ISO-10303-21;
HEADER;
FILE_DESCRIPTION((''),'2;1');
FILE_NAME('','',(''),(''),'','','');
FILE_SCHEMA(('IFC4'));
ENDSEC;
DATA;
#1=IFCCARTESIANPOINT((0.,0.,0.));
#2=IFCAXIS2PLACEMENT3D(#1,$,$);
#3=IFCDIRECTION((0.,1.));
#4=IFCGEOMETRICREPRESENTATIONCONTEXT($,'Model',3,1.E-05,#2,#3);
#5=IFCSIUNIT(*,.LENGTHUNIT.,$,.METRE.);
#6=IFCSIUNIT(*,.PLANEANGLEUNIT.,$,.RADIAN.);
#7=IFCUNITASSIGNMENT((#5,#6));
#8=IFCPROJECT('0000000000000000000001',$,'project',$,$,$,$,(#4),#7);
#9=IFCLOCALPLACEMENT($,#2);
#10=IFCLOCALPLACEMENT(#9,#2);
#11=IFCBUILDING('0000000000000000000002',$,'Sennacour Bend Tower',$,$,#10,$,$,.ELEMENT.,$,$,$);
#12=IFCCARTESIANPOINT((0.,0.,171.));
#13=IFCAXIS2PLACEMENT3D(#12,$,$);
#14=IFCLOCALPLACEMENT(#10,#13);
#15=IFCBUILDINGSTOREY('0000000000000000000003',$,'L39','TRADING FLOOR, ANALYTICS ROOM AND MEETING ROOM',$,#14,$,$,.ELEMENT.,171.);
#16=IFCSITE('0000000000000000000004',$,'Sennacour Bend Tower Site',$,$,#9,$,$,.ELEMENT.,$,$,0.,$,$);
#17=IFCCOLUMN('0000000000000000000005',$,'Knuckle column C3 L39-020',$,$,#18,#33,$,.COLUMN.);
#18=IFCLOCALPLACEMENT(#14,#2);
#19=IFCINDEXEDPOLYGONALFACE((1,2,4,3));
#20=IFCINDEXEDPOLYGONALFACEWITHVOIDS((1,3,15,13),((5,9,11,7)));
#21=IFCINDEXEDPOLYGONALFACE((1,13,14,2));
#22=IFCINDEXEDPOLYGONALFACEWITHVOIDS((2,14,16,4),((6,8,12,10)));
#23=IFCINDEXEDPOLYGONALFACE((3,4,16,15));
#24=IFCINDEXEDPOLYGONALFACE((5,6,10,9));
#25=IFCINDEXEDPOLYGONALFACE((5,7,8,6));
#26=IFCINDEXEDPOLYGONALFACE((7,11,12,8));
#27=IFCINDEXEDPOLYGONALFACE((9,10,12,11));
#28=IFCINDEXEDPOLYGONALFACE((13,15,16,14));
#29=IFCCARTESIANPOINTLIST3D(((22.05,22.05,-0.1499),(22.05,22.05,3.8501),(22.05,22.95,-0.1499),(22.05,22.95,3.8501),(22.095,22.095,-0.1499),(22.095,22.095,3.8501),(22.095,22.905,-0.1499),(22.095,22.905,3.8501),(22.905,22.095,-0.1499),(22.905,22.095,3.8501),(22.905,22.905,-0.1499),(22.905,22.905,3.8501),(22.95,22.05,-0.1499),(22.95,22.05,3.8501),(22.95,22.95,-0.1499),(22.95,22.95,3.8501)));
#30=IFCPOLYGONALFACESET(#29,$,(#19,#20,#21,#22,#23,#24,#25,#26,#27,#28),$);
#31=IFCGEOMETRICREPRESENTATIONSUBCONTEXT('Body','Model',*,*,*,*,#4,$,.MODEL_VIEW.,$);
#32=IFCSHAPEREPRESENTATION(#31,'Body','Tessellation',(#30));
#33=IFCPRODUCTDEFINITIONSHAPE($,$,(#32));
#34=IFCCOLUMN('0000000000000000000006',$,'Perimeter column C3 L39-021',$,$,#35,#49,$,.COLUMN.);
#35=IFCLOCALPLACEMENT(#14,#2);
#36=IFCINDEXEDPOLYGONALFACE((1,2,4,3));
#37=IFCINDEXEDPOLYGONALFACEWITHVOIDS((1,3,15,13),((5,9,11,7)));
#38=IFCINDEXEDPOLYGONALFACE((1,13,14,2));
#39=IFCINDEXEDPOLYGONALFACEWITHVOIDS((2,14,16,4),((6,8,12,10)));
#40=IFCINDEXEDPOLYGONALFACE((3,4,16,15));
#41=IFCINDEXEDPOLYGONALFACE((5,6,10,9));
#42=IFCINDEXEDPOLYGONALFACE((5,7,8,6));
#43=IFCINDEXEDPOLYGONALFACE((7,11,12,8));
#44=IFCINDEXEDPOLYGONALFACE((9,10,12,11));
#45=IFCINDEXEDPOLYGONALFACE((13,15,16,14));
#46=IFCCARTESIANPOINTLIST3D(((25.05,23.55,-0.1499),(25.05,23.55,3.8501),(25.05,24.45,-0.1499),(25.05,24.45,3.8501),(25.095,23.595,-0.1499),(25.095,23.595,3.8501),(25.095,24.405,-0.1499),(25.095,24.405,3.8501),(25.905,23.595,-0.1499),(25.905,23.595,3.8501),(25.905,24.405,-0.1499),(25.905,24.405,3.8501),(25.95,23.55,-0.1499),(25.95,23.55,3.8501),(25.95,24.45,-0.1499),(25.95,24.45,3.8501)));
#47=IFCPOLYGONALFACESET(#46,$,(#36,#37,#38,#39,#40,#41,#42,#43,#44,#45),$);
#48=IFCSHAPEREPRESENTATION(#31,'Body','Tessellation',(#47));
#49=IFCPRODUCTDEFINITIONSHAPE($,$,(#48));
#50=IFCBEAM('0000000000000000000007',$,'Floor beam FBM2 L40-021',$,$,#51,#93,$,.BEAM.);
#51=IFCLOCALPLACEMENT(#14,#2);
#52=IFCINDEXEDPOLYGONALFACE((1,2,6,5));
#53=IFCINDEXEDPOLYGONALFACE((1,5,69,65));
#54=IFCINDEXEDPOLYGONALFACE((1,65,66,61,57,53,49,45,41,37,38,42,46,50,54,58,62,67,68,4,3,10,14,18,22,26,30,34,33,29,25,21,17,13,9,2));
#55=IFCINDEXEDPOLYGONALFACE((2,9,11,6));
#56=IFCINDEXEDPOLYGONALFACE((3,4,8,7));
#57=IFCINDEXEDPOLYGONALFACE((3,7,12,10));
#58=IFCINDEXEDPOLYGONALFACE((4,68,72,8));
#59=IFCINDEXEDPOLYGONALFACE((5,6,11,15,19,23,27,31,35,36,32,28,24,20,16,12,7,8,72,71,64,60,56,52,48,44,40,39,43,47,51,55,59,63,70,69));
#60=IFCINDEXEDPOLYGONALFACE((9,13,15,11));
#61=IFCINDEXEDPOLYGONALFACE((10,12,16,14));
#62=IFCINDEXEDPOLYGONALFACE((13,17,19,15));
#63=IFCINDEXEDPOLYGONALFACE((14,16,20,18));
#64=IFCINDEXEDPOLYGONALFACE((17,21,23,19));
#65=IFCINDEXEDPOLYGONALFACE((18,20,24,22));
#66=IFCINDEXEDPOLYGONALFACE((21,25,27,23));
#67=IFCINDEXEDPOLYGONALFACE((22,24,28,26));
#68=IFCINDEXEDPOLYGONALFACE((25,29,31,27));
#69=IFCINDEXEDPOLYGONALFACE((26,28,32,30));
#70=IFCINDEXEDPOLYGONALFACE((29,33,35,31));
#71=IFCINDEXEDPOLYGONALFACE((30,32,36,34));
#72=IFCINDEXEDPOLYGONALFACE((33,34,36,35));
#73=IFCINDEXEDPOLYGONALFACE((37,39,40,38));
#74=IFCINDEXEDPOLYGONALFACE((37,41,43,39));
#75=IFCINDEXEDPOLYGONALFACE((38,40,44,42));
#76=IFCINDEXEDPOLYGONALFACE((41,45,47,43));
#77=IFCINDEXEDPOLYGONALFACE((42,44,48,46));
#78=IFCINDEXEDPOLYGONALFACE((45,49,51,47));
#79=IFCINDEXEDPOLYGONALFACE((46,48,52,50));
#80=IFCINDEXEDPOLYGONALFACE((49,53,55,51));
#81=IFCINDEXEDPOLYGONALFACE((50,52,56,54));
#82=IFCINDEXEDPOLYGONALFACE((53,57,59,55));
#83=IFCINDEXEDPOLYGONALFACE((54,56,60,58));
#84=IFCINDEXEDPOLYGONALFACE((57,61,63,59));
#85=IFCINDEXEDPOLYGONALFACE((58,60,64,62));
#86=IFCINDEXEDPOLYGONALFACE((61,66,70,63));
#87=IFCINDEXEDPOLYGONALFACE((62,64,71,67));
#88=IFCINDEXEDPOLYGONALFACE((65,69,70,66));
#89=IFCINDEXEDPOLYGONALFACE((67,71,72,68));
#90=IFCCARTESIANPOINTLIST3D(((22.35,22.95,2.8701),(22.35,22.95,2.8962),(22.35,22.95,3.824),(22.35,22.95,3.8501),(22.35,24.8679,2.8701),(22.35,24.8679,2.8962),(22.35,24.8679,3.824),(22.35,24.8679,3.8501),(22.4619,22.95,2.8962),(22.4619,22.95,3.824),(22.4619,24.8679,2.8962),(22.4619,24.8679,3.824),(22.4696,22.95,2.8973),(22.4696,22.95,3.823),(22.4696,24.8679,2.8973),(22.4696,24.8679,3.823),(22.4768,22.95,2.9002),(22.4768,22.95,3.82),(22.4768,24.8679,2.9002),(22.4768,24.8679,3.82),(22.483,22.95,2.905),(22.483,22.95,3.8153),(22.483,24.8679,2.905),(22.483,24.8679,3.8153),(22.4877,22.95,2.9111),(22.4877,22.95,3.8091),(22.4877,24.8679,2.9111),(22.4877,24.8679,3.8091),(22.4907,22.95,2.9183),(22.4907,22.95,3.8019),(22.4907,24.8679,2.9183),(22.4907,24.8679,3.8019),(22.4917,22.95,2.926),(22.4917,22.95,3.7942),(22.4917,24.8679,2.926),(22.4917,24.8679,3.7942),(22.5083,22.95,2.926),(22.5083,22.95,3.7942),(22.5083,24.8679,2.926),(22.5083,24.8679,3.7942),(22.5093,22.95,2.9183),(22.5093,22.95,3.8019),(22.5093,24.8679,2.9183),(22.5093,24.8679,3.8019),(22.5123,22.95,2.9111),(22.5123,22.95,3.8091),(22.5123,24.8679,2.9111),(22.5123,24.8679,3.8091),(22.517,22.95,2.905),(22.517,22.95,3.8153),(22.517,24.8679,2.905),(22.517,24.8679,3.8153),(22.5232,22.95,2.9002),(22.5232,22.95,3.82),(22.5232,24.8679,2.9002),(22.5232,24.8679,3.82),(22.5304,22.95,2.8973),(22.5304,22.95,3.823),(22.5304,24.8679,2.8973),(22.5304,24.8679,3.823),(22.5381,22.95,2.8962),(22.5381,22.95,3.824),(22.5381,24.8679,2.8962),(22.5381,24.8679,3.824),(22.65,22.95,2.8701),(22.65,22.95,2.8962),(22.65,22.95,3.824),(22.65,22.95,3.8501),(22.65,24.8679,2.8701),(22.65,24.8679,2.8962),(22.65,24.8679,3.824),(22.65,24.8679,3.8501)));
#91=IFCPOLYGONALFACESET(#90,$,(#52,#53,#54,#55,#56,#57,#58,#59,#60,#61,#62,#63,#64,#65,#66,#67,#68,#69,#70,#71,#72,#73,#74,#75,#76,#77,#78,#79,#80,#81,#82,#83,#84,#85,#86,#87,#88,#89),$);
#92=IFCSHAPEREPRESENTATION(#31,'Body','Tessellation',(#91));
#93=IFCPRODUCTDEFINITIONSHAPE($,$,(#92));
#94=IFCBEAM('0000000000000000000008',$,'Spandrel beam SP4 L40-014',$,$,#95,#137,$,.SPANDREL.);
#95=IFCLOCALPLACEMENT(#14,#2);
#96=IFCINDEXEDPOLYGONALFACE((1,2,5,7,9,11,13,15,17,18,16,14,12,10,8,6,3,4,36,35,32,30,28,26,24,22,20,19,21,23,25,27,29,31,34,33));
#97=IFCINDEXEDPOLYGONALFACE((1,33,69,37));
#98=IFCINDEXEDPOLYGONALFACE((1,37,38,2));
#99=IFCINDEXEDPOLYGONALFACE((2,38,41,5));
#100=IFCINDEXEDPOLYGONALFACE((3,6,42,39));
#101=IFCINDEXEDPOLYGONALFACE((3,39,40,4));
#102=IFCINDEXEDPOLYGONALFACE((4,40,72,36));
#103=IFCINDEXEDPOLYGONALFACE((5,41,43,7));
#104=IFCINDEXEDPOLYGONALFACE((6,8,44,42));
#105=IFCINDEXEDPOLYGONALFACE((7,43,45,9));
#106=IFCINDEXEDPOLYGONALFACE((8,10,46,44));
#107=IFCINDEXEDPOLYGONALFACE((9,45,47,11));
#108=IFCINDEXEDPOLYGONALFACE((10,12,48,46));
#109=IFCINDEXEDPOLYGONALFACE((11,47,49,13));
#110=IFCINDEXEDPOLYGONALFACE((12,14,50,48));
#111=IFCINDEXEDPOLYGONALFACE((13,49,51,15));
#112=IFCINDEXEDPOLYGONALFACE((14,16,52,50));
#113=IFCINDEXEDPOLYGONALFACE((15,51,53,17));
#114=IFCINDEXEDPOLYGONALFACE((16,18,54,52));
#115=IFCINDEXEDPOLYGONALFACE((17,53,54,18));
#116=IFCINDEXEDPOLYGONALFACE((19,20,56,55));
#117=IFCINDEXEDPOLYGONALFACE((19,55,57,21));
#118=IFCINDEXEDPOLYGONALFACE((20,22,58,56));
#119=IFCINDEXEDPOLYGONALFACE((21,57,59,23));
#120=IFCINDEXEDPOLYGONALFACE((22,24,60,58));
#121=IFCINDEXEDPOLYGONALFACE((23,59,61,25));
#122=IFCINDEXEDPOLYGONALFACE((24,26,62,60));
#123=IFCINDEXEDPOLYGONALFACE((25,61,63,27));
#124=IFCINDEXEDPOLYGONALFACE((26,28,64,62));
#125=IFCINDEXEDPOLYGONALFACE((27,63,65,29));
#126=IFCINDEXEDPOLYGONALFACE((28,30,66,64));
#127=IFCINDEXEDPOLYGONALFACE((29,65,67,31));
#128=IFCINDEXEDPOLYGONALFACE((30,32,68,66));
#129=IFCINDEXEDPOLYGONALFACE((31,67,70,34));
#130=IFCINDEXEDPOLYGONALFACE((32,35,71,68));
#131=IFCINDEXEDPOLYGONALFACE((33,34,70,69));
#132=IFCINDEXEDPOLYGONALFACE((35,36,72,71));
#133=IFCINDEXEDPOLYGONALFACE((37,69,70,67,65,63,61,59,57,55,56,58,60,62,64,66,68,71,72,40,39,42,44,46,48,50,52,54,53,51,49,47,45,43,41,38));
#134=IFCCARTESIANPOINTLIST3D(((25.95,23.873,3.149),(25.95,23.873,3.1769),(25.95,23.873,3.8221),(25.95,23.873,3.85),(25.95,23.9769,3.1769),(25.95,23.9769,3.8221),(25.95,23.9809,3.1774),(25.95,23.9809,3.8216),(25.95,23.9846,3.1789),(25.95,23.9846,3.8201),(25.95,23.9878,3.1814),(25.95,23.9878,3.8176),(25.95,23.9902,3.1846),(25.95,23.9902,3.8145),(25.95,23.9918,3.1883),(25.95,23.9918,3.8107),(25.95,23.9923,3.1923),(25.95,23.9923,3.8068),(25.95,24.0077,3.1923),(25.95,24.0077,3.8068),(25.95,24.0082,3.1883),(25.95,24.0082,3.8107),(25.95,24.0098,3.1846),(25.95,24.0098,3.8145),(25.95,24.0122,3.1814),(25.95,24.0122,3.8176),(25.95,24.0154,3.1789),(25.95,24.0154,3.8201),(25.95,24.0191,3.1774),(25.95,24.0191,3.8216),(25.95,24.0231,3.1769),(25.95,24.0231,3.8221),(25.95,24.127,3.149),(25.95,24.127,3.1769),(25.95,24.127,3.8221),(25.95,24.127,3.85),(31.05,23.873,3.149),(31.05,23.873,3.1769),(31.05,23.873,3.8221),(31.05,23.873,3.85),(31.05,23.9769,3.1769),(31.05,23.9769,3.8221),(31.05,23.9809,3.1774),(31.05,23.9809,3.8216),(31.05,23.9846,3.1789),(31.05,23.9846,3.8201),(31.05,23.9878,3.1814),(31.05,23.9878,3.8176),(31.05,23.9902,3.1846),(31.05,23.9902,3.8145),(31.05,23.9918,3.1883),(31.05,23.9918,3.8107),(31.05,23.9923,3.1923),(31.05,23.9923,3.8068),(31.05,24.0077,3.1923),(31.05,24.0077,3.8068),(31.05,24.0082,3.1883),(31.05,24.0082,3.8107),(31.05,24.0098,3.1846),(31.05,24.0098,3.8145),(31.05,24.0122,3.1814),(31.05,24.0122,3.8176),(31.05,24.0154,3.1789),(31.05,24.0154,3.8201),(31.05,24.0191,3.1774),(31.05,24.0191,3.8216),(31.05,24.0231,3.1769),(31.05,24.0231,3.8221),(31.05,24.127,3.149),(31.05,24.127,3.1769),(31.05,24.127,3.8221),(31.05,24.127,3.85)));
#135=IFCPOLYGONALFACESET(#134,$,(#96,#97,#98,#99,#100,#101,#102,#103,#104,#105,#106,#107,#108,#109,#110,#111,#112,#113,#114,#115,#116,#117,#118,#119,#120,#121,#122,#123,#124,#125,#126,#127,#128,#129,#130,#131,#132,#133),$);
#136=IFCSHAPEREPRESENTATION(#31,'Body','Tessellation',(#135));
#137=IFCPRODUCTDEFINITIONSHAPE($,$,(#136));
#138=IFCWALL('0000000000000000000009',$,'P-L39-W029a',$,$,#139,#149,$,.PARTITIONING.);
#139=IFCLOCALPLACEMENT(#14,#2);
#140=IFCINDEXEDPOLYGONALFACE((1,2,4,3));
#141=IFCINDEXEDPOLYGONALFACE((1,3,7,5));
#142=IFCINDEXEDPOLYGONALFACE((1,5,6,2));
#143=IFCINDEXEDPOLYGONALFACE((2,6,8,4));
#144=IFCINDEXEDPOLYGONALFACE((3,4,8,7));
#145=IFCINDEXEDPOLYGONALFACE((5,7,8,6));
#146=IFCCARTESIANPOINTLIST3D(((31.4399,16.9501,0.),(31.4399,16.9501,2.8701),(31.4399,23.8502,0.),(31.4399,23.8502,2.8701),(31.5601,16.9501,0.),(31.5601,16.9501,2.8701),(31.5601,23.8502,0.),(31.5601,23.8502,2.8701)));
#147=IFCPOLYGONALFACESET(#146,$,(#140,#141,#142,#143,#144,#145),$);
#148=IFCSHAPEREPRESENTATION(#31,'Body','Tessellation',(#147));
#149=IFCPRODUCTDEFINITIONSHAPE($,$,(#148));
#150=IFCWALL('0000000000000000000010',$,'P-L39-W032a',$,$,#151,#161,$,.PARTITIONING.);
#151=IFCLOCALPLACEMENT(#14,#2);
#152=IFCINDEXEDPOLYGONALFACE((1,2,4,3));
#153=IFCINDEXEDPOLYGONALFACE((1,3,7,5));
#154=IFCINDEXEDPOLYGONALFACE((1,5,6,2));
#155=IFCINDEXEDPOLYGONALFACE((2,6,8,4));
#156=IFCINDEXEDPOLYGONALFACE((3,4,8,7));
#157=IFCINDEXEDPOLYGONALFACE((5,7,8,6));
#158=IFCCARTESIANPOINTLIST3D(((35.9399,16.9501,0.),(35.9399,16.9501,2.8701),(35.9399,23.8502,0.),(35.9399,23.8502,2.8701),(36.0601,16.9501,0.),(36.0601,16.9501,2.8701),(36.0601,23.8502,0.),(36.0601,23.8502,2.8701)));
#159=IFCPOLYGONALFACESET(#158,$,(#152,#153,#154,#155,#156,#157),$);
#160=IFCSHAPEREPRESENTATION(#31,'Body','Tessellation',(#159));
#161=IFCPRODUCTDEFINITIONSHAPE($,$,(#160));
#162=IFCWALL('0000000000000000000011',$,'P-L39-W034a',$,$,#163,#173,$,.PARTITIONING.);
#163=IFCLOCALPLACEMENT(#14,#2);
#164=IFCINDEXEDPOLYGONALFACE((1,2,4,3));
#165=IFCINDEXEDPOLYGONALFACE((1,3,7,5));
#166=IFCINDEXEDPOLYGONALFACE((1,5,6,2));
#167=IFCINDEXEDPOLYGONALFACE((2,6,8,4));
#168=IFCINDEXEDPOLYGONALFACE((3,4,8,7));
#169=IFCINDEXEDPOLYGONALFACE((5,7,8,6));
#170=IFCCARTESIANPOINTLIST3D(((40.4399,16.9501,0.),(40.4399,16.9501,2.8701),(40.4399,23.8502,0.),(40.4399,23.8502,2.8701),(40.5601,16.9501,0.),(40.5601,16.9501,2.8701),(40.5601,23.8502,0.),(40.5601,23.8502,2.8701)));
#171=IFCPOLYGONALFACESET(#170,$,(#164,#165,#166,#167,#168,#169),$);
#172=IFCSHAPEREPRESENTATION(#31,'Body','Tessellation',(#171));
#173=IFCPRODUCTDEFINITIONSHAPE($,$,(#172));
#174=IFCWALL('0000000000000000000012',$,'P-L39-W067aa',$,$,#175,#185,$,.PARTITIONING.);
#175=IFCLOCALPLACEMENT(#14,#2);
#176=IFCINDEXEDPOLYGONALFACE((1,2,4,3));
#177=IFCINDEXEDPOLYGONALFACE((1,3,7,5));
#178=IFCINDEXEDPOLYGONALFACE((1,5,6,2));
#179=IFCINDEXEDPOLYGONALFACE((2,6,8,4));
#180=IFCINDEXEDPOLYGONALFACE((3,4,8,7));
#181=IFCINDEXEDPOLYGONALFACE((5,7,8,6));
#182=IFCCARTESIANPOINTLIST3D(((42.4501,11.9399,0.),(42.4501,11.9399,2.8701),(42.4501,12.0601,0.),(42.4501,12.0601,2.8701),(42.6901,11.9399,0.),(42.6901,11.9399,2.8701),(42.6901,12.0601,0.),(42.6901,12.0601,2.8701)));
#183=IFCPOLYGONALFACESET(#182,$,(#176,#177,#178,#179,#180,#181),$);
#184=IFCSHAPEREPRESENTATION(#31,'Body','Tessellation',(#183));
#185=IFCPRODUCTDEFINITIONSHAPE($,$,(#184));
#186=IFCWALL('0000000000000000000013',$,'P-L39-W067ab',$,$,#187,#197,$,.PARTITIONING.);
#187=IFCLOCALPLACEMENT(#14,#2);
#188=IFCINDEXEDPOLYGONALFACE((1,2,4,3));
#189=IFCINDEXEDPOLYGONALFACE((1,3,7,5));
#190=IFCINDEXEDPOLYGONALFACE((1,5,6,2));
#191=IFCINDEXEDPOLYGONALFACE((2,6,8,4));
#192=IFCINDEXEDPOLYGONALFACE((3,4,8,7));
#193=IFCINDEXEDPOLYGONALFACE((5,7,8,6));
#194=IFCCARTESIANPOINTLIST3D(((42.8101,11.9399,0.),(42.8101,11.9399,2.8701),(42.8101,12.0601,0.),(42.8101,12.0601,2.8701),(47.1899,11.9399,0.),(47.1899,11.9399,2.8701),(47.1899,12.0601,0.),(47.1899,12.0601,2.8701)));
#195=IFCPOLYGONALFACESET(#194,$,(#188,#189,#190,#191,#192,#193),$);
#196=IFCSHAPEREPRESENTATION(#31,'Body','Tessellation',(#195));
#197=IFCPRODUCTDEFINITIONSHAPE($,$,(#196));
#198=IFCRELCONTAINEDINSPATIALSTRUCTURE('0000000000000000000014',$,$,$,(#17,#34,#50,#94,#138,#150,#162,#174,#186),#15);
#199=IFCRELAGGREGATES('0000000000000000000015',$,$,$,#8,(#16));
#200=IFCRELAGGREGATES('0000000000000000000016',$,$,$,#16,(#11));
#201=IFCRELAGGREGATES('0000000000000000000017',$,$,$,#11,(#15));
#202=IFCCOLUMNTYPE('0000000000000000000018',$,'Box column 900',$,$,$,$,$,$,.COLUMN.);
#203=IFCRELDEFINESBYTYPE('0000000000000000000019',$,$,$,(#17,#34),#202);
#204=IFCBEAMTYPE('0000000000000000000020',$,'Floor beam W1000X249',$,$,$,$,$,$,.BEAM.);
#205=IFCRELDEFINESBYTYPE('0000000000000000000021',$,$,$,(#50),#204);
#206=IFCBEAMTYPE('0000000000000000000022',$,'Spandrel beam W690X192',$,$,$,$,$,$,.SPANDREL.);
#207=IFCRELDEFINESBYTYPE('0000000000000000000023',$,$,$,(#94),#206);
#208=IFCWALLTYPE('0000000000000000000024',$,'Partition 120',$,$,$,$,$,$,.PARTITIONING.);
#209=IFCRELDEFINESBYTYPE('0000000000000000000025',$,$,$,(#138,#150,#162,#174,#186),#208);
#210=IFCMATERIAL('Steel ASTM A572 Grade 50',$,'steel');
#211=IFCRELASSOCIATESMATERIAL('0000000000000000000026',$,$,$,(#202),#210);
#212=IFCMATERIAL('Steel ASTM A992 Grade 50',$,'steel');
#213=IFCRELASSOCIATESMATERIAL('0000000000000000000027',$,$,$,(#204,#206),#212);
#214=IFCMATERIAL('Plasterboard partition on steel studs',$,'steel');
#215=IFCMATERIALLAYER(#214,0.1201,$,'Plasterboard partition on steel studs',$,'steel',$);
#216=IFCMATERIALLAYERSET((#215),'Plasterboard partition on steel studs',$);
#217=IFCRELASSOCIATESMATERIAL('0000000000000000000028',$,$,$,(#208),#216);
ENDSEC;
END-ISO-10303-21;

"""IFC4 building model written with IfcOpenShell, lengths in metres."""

from ifc_helpers import new_model, si_unit, direction, frame, frame_2d, origin, origin_2d, place, context, subcontext, project, spatial, rectangle, hollow_rectangle, i_section, extrude, material, layer, layer_set, material_profile, profile_set, type_object, element, save


model = new_model("IFC4")

# Units and contexts
model_context = context("Model", 3, precision=1e-05, world=origin(), true_north=direction((0.0, 1.0)))
body_context = subcontext(model_context, "Body", "Model", "MODEL_VIEW")
ifc_project = project(units=[si_unit("LENGTHUNIT", "METRE"), si_unit("PLANEANGLEUNIT", "RADIAN")], contexts=[model_context])

# Site, building, storey
site_placement = place(None, origin())
site = spatial("IfcSite", under=ifc_project, at=site_placement, Name="Sennacour Bend Tower Site", CompositionType="ELEMENT", RefElevation=0.0)
building_placement = place(site_placement, origin())
building = spatial("IfcBuilding", under=site, at=building_placement, Name="Sennacour Bend Tower", CompositionType="ELEMENT")
storey_placement = place(building_placement, frame((0.0, 0.0, 171.0)))
storey = spatial("IfcBuildingStorey", under=building, at=storey_placement, Name="L39", Description="TRADING FLOOR, ANALYTICS ROOM AND MEETING ROOM", CompositionType="ELEMENT", Elevation=171.0)

# Columns
ifc_material_1 = material(Name="Steel ASTM A572 Grade 50", Category="steel")
ifc_material_profile_1 = material_profile(ifc_material_1, hollow_rectangle(XDim=0.8999, YDim=0.8999, WallThickness=0.0449, at=origin_2d()), Name="Steel ASTM A572 Grade 50", Category="steel")
ifc_profile_set_1 = profile_set([ifc_material_profile_1], Name="Steel ASTM A572 Grade 50")
column_type = type_object("IfcColumnType", Name="Box column 900", PredefinedType="COLUMN", material=ifc_profile_set_1)
for number, where, z_axis, x_axis, name in (
    (1, (22.5, 22.5, -0.1499), (0.0, 0.0, 1.0), (1.0, 0.0, 0.0), "Knuckle column C3 L39-020"),
    (2, (25.5, 24.0, -0.1499), (0.0, 0.0, 1.0), (1.0, 0.0, 0.0), "Perimeter column C3 L39-021"),
):
    element("IfcColumn", number, at=place(storey_placement, frame(where, z_axis=z_axis, x_axis=x_axis)), inside=storey, type_object=column_type, Name=name, PredefinedType="COLUMN", context=body_context, shape_type="SweptSolid", body=[
        extrude(hollow_rectangle(XDim=0.8999, YDim=0.8999, WallThickness=0.0449, at=origin_2d()), origin(), (0.0, 0.0, 1.0), 4.0),
    ])

# Beams
ifc_material_2 = material(Name="Steel ASTM A992 Grade 50", Category="steel")
ifc_material_profile_2 = material_profile(ifc_material_2, i_section(OverallWidth=0.3, OverallDepth=0.98, WebThickness=0.0166, FlangeThickness=0.0261, FilletRadius=0.0298, at=origin_2d()), Name="Steel ASTM A992 Grade 50", Category="steel")
ifc_profile_set_2 = profile_set([ifc_material_profile_2], Name="Steel ASTM A992 Grade 50")
beam_type_1 = type_object("IfcBeamType", Name="Floor beam W1000X249", PredefinedType="BEAM", material=ifc_profile_set_2)
beam_1_placement = place(storey_placement, frame((22.5, 22.95, 3.3601), z_axis=(0.0, 1.0, 0.0), x_axis=(-1.0, 0.0, 0.0)))
element("IfcBeam", 3, at=beam_1_placement, inside=storey, type_object=beam_type_1, Name="Floor beam FBM2 L40-021", PredefinedType="BEAM", context=body_context, shape_type="SweptSolid", body=[
    extrude(i_section(OverallWidth=0.3, OverallDepth=0.98, WebThickness=0.0166, FlangeThickness=0.0261, FilletRadius=0.0298, at=origin_2d()), origin(), (0.0, 0.0, 1.0), 1.918),
])
ifc_material_profile_3 = material_profile(ifc_material_2, i_section(OverallWidth=0.2539, OverallDepth=0.7009, WebThickness=0.0154, FlangeThickness=0.0278, FilletRadius=0.0154, at=origin_2d()), Name="Steel ASTM A992 Grade 50", Category="steel")
ifc_profile_set_3 = profile_set([ifc_material_profile_3], Name="Steel ASTM A992 Grade 50")
beam_type_2 = type_object("IfcBeamType", Name="Spandrel beam W690X192", PredefinedType="SPANDREL", material=ifc_profile_set_3)
beam_2_placement = place(storey_placement, frame((25.95, 24.0, 3.4995), z_axis=(1.0, 0.0, 0.0), x_axis=(0.0, 1.0, 0.0)))
element("IfcBeam", 4, at=beam_2_placement, inside=storey, type_object=beam_type_2, Name="Spandrel beam SP4 L40-014", PredefinedType="SPANDREL", context=body_context, shape_type="SweptSolid", body=[
    extrude(i_section(OverallWidth=0.2539, OverallDepth=0.7009, WebThickness=0.0154, FlangeThickness=0.0278, FilletRadius=0.0154, at=origin_2d()), origin(), (0.0, 0.0, 1.0), 5.1001),
])

# Walls
ifc_material_3 = material(Name="Plasterboard partition on steel studs", Category="steel")
ifc_layer_1 = layer(ifc_material_3, 0.1201, Name="Plasterboard partition on steel studs", Category="steel")
ifc_layer_set_1 = layer_set([ifc_layer_1], Name="Plasterboard partition on steel studs")
wall_type_1 = type_object("IfcWallType", Name="Partition 120", PredefinedType="PARTITIONING", material=ifc_layer_set_1)
for number, where, z_axis, x_axis, name in (
    (5, (31.5, 16.95, 0.0), (0.0, 0.0, 1.0), (0.0, 1.0, 0.0), "P-L39-W029a"),
    (6, (36.0, 16.95, 0.0), (0.0, 0.0, 1.0), (0.0, 1.0, 0.0), "P-L39-W032a"),
    (7, (40.5, 16.95, 0.0), (0.0, 0.0, 1.0), (0.0, 1.0, 0.0), "P-L39-W034a"),
):
    element("IfcWall", number, at=place(storey_placement, frame(where, z_axis=z_axis, x_axis=x_axis)), inside=storey, type_object=wall_type_1, Name=name, PredefinedType="PARTITIONING", context=body_context, shape_type="SweptSolid", body=[
        extrude(rectangle(XDim=6.9001, YDim=0.1201, at=frame_2d((3.4502, 0.0))), origin(), (0.0, 0.0, 1.0), 2.8701),
    ])
wall_1_placement = place(storey_placement, frame((42.45, 12.0, 0.0), z_axis=(0.0, 0.0, 1.0), x_axis=(1.0, 0.0, 0.0)))
element("IfcWall", 8, at=wall_1_placement, inside=storey, type_object=wall_type_1, Name="P-L39-W067aa", PredefinedType="PARTITIONING", context=body_context, shape_type="SweptSolid", body=[
    extrude(rectangle(XDim=0.24, YDim=0.1201, at=frame_2d((0.1201, 0.0))), origin(), (0.0, 0.0, 1.0), 2.8701),
])
wall_2_placement = place(storey_placement, frame((42.8101, 12.0, 0.0), z_axis=(0.0, 0.0, 1.0), x_axis=(1.0, 0.0, 0.0)))
element("IfcWall", 9, at=wall_2_placement, inside=storey, type_object=wall_type_1, Name="P-L39-W067ab", PredefinedType="PARTITIONING", context=body_context, shape_type="SweptSolid", body=[
    extrude(rectangle(XDim=4.3799, YDim=0.1201, at=frame_2d((2.1899, 0.0))), origin(), (0.0, 0.0, 1.0), 2.8701),
])

save(model, "model.ifc")
